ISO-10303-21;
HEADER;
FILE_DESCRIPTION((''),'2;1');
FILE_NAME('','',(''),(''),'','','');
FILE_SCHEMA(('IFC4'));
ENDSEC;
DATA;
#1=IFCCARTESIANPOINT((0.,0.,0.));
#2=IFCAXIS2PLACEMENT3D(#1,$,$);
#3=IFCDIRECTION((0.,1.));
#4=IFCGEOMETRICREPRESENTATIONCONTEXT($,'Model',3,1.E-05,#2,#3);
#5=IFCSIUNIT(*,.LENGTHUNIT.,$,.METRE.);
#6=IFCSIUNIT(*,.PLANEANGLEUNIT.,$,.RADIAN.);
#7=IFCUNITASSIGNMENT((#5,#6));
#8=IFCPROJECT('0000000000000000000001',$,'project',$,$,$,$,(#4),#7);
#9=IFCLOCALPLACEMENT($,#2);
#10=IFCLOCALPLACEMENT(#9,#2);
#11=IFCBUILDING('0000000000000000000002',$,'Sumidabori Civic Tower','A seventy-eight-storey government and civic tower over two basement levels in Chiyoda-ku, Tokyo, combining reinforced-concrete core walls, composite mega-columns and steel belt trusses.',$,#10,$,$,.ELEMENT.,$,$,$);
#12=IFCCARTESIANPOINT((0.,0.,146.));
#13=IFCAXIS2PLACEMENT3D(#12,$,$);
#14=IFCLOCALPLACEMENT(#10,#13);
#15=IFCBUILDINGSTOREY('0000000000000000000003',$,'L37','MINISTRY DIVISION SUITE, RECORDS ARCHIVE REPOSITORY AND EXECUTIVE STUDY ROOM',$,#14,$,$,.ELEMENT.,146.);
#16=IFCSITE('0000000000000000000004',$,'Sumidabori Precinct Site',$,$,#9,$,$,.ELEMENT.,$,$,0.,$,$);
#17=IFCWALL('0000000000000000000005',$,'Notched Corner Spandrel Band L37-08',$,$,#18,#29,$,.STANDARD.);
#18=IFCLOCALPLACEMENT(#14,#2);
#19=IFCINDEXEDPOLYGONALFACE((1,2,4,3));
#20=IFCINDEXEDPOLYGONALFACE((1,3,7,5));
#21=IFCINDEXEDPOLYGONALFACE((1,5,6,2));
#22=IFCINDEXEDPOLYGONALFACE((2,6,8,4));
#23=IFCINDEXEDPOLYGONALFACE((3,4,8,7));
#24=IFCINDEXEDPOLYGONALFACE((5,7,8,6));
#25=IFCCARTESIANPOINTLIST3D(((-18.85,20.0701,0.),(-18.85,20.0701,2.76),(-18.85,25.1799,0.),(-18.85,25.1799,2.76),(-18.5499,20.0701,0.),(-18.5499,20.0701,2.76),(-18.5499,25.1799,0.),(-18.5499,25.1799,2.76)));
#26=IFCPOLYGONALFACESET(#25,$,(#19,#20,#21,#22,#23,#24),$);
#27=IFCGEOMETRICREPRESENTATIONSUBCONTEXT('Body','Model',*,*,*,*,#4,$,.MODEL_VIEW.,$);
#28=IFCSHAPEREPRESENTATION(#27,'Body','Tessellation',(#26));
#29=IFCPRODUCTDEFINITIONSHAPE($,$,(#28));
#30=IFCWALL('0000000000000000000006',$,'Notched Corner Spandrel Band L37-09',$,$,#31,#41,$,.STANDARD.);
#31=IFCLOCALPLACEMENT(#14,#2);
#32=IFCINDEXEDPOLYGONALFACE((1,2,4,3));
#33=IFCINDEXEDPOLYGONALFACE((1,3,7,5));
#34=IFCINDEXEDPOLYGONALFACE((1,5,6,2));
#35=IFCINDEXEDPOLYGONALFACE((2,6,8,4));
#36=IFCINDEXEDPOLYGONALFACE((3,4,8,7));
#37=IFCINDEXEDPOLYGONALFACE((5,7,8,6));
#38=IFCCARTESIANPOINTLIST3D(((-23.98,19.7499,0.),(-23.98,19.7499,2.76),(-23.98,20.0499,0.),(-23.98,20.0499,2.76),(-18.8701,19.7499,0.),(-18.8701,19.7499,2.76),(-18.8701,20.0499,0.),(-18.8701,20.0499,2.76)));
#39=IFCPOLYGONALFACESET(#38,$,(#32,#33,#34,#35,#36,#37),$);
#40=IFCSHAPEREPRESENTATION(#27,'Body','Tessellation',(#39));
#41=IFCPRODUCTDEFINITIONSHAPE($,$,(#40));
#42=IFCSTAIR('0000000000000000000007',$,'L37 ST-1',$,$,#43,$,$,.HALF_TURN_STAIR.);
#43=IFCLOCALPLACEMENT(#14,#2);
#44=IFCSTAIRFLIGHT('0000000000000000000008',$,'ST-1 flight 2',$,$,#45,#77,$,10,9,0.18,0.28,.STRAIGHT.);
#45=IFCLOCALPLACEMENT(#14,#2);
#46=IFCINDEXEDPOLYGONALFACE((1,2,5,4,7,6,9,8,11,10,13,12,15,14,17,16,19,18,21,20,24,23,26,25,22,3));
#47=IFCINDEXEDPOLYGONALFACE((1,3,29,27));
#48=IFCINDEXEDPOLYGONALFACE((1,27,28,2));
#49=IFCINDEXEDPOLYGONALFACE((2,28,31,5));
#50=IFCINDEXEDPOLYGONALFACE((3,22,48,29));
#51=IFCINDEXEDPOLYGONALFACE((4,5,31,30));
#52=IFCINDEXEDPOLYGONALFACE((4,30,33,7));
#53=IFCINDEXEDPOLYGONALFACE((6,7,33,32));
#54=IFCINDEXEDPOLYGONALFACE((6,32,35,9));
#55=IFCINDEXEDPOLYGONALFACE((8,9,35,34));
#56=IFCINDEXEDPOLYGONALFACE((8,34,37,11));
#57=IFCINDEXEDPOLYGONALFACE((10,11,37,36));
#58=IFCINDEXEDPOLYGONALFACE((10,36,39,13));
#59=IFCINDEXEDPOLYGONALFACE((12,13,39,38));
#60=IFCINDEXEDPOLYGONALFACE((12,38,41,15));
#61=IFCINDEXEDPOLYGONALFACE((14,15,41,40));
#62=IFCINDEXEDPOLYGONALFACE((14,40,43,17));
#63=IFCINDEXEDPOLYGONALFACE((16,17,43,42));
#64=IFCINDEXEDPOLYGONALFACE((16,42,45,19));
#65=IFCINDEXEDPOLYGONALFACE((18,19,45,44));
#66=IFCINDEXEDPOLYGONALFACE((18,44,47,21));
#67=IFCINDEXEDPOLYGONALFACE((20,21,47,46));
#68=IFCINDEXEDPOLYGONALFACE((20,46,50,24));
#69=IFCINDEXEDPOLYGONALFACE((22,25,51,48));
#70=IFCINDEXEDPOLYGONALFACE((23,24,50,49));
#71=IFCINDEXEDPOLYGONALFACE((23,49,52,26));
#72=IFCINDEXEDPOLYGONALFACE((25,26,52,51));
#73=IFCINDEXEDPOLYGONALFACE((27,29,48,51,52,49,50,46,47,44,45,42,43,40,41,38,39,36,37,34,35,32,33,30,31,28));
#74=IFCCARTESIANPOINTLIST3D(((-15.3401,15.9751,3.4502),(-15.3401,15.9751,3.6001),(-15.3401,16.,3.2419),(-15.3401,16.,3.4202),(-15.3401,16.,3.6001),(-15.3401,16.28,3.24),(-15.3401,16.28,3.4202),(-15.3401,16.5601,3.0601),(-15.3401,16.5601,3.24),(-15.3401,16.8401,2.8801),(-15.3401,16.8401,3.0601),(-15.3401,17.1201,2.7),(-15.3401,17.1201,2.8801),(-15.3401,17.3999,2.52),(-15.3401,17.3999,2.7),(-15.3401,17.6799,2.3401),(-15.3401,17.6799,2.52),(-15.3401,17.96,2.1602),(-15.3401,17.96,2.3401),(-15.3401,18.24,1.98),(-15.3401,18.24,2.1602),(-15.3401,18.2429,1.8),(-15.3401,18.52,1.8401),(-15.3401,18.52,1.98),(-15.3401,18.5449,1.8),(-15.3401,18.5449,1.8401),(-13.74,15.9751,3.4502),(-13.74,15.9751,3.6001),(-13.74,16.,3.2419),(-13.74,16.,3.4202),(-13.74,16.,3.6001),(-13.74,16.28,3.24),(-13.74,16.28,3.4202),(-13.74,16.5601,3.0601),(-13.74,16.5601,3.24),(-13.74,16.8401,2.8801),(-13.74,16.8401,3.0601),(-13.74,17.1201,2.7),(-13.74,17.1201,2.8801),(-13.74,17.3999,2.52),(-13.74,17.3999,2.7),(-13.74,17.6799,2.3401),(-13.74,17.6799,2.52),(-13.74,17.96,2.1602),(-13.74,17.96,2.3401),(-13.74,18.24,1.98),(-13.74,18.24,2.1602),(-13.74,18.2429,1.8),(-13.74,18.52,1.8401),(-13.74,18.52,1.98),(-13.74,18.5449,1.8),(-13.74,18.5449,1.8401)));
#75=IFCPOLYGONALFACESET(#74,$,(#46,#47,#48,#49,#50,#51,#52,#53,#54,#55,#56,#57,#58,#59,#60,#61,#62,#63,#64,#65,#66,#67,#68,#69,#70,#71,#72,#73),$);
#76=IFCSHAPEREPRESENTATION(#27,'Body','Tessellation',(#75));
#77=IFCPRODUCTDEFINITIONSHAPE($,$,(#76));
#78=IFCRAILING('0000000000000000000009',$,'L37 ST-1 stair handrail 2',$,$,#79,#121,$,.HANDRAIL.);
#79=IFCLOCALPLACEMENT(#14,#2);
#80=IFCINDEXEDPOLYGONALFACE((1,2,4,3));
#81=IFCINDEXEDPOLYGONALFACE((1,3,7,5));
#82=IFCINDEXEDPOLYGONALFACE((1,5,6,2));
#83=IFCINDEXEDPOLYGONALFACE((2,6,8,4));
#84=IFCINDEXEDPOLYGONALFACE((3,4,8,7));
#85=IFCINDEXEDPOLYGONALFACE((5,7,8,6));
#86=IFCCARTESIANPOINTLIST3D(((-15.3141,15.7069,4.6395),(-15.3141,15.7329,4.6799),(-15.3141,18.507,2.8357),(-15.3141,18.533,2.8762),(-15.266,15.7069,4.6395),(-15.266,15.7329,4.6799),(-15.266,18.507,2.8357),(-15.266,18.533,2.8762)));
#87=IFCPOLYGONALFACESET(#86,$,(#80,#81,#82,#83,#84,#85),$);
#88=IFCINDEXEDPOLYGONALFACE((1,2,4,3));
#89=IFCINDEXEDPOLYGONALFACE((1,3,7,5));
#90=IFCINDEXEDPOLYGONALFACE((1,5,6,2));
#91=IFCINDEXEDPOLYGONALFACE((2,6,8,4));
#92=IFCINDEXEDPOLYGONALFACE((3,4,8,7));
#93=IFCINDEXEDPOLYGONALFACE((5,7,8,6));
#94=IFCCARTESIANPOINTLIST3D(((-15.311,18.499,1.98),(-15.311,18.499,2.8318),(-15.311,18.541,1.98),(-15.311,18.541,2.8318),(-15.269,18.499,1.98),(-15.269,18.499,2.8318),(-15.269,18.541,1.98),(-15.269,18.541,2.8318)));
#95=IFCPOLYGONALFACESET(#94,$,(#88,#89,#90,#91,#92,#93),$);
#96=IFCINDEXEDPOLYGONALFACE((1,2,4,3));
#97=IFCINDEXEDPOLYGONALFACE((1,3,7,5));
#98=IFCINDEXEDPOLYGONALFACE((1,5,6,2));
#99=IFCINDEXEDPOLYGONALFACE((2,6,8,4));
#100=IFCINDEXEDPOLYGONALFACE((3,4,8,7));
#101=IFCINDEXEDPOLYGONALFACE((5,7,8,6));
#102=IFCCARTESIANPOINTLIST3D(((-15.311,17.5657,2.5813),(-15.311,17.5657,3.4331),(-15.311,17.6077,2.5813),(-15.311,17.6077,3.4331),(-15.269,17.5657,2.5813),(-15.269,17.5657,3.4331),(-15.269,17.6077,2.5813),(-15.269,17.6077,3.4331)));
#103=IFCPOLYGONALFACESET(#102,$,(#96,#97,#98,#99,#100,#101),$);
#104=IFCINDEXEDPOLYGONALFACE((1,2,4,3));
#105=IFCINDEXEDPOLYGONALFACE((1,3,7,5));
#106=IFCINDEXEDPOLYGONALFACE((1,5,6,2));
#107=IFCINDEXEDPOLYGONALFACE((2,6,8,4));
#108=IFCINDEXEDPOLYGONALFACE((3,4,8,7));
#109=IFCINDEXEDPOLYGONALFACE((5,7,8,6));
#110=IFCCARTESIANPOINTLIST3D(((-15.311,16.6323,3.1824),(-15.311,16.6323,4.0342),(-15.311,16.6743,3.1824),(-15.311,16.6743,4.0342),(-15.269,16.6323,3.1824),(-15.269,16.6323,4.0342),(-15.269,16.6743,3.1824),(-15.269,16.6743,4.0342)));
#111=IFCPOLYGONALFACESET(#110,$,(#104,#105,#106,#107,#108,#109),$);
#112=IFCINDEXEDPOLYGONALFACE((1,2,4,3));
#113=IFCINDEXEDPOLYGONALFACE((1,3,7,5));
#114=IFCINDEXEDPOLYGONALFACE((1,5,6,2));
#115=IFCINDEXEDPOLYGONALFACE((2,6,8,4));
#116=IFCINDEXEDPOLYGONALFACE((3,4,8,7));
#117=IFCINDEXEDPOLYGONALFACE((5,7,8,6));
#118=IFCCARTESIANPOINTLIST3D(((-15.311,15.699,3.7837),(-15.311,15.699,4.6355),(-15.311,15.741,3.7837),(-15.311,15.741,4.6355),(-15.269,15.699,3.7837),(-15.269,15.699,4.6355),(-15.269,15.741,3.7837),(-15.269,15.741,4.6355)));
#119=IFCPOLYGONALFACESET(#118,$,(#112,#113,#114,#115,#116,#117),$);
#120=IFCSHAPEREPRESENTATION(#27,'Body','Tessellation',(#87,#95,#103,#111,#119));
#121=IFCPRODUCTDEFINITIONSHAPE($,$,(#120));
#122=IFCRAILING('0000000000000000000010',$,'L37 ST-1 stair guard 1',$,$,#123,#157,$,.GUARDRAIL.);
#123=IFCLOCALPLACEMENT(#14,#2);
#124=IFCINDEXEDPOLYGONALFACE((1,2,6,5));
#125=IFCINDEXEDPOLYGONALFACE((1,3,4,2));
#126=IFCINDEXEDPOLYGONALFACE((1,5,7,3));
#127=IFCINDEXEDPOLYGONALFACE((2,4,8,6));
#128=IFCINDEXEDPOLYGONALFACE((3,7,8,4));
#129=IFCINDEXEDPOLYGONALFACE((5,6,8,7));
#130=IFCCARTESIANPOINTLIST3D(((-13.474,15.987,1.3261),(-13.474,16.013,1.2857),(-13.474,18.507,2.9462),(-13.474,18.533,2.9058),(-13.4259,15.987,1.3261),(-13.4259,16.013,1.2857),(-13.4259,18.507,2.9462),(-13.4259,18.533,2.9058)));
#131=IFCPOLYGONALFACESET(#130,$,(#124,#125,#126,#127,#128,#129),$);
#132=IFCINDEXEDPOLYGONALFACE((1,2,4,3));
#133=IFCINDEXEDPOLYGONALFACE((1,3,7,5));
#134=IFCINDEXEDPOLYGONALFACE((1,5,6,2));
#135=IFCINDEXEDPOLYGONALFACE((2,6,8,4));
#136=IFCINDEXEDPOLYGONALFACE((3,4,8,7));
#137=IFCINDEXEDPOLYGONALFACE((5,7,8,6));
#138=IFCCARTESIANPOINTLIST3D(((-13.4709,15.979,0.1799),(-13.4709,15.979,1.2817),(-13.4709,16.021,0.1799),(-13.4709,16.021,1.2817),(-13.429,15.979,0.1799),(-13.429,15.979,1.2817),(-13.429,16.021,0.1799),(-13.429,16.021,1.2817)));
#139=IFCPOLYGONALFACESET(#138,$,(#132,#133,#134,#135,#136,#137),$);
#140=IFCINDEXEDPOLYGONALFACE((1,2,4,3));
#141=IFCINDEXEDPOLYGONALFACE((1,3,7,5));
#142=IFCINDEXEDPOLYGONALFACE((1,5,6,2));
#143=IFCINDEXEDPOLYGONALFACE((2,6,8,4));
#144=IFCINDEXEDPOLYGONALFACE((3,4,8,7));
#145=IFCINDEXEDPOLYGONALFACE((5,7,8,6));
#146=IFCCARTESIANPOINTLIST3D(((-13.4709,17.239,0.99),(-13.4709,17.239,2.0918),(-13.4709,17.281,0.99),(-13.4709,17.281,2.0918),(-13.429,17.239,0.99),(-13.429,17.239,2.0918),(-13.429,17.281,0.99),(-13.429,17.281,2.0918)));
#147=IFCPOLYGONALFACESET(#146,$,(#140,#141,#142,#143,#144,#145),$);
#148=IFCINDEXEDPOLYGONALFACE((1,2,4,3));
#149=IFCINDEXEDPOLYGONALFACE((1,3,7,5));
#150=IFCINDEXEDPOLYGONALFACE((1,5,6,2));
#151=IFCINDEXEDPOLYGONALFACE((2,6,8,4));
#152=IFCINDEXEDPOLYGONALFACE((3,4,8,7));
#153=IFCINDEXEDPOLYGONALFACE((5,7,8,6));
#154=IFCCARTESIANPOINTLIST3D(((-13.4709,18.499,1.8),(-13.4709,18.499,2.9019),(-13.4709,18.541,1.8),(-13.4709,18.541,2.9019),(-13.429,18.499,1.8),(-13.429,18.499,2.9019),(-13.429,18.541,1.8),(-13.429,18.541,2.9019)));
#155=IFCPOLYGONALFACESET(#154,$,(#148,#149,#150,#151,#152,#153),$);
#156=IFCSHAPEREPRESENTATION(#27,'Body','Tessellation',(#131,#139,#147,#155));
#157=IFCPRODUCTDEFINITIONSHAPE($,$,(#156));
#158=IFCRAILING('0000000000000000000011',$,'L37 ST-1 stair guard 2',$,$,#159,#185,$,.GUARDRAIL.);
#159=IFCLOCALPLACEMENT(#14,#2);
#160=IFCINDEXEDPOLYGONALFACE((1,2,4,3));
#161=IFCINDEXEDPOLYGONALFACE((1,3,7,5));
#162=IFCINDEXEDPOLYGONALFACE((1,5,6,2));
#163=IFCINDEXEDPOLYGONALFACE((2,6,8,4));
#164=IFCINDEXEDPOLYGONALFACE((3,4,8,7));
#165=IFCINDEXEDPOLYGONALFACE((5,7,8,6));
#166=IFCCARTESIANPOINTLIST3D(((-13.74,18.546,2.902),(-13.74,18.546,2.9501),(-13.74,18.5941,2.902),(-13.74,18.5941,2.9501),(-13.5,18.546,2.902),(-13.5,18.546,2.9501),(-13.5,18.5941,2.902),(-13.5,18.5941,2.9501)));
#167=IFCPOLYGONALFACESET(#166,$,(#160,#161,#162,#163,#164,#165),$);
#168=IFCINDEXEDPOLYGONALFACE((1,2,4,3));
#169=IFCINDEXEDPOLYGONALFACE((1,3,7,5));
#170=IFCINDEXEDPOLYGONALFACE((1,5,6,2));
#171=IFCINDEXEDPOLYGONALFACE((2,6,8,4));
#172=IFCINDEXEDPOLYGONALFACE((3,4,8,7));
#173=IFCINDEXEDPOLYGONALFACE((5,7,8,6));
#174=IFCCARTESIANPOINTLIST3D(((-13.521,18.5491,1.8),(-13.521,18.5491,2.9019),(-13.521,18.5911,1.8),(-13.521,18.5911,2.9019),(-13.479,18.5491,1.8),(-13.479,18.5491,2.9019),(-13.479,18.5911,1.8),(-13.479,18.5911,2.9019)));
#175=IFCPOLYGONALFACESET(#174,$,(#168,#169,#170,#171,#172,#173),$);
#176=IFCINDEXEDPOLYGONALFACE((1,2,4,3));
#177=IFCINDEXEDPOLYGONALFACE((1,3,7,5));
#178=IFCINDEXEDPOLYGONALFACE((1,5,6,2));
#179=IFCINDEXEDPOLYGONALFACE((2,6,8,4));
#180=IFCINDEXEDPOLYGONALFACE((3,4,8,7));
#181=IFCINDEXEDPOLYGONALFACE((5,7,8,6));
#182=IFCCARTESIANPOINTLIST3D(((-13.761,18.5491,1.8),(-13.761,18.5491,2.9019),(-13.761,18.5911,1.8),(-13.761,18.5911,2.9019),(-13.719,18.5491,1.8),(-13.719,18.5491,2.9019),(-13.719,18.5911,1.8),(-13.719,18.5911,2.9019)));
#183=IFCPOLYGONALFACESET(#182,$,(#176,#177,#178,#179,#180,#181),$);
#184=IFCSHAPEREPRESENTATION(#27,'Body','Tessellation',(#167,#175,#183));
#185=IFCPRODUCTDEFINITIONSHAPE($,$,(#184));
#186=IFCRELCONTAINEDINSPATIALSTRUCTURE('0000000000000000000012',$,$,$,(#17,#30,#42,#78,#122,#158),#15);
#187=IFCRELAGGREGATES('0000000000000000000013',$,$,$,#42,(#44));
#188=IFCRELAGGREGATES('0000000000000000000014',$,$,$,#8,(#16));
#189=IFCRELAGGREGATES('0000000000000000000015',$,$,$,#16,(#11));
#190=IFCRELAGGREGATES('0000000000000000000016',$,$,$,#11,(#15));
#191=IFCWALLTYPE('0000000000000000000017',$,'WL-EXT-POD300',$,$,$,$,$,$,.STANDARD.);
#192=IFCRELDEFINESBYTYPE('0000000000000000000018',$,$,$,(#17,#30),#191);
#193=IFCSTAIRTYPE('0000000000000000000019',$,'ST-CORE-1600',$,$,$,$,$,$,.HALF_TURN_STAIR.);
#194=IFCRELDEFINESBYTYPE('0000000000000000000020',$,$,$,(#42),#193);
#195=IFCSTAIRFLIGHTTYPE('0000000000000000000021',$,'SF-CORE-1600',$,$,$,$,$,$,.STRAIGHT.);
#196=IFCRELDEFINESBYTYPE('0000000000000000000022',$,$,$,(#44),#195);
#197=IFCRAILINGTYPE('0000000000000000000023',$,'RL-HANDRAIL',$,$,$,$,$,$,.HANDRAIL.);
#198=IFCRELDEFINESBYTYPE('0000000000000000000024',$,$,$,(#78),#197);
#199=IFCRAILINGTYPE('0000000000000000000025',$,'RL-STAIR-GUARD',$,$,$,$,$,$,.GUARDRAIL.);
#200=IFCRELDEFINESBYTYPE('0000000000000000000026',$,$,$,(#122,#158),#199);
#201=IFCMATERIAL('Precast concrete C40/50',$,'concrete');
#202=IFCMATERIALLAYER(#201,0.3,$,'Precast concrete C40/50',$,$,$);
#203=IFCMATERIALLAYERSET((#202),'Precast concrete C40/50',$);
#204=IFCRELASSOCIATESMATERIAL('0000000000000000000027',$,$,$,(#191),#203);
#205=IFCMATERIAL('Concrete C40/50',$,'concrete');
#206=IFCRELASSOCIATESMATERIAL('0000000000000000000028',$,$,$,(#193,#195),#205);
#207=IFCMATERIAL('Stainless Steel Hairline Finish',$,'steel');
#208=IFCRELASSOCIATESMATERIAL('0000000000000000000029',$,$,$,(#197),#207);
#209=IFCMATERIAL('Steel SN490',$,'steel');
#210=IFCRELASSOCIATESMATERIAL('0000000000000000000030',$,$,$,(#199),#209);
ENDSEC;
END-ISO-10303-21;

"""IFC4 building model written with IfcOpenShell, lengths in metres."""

from ifc_helpers import new_model, si_unit, direction, frame, frame_2d, origin, origin_2d, place, context, subcontext, project, spatial, polyline, rectangle, outline, extrude, source, transform, mapped, material, layer, layer_set, type_object, element, aggregate, save


model = new_model("IFC4")

# Units and contexts
model_context = context("Model", 3, precision=1e-05, world=origin(), true_north=direction((0.0, 1.0)))
body_context = subcontext(model_context, "Body", "Model", "MODEL_VIEW")
ifc_project = project(units=[si_unit("LENGTHUNIT", "METRE"), si_unit("PLANEANGLEUNIT", "RADIAN")], contexts=[model_context])

# Site, building, storey
site_placement = place(None, origin())
site = spatial("IfcSite", under=ifc_project, at=site_placement, Name="Sumidabori Precinct Site", CompositionType="ELEMENT", RefElevation=0.0)
building_placement = place(site_placement, origin())
building = spatial("IfcBuilding", under=site, at=building_placement, Name="Sumidabori Civic Tower", Description="A seventy-eight-storey government and civic tower over two basement levels in Chiyoda-ku, Tokyo, combining reinforced-concrete core walls, composite mega-columns and steel belt trusses.", CompositionType="ELEMENT")
storey_placement = place(building_placement, frame((0.0, 0.0, 146.0)))
storey = spatial("IfcBuildingStorey", under=building, at=storey_placement, Name="L37", Description="MINISTRY DIVISION SUITE, RECORDS ARCHIVE REPOSITORY AND EXECUTIVE STUDY ROOM", CompositionType="ELEMENT", Elevation=146.0)

# Shared definitions
ifc_material_1 = material(Name="Steel SN490", Category="steel")

# Walls
ifc_material_2 = material(Name="Precast concrete C40/50", Category="concrete")
ifc_layer_1 = layer(ifc_material_2, 0.3, Name="Precast concrete C40/50")
ifc_layer_set_1 = layer_set([ifc_layer_1], Name="Precast concrete C40/50")
wall_type_1 = type_object("IfcWallType", Name="WL-EXT-POD300", PredefinedType="STANDARD", material=ifc_layer_set_1)
shared_shape_1 = source(origin(), body_context, "Body", "SweptSolid", [
    extrude(rectangle(XDim=5.1099, YDim=0.3, at=frame_2d((2.5549, 0.0))), origin(), (0.0, 0.0, 1.0), 2.76),
])
for number, where, z_axis, x_axis, name in (
    (1, (-18.7, 25.1799, 0.0), (0.0, 0.0, 1.0), (0.0, -1.0, 0.0), "Notched Corner Spandrel Band L37-08"),
    (2, (-18.8701, 19.8999, 0.0), (0.0, 0.0, 1.0), (-1.0, 0.0, 0.0), "Notched Corner Spandrel Band L37-09"),
):
    element("IfcWall", number, at=place(storey_placement, frame(where, z_axis=z_axis, x_axis=x_axis)), inside=storey, type_object=wall_type_1, Name=name, PredefinedType="STANDARD", context=body_context, shape_type="MappedRepresentation", body=[
        mapped(shared_shape_1, transform((0.0, 0.0, 0.0), x_axis=(1.0, 0.0, 0.0), y_axis=(0.0, 1.0, 0.0), z_axis=(0.0, 0.0, 1.0), scale=1.0)),
    ])

# Stair, stair flight
ifc_material_3 = material(Name="Concrete C40/50", Category="concrete")
stair_type = type_object("IfcStairType", Name="ST-CORE-1600", PredefinedType="HALF_TURN_STAIR", material=ifc_material_3)
stair_placement = place(storey_placement, origin())
stair = element("IfcStair", 3, at=stair_placement, inside=storey, type_object=stair_type, Name="L37 ST-1", PredefinedType="HALF_TURN_STAIR")
stair_flight_type = type_object("IfcStairFlightType", Name="SF-CORE-1600", PredefinedType="STRAIGHT", material=ifc_material_3)
shared_shape_2 = source(origin(), body_context, "Body", "SweptSolid", [
    extrude(outline(polyline([(-0.0249, 0.0), (-0.0249, 0.04), (0.0, 0.04), (0.0, 0.1799), (0.28, 0.1799), (0.28, 0.3601), (0.5601, 0.3601), (0.5601, 0.54), (0.8401, 0.54), (0.8401, 0.72), (1.1201, 0.72), (1.1201, 0.8999), (1.3999, 0.8999), (1.3999, 1.0801), (1.6799, 1.0801), (1.6799, 1.26), (1.96, 1.26), (1.96, 1.4399), (2.24, 1.4399), (2.24, 1.6201), (2.52, 1.6201), (2.52, 1.8), (2.5449, 1.8), (2.5449, 1.6501), (2.52, 1.4419), (0.2771, 0.0), (-0.0249, 0.0)])), frame((0.0, 0.8, 0.0), z_axis=(0.0, -1.0, 0.0), x_axis=(1.0, 0.0, 0.0)), (0.0, 0.0, 1.0), 1.6001),
])
stair_flight_placement = place(storey_placement, frame((-14.54, 18.52, 1.8), z_axis=(0.0, 0.0, 1.0), x_axis=(0.0, -1.0, 0.0)))
stair_flight = element("IfcStairFlight", 4, at=stair_flight_placement, type_object=stair_flight_type, Name="ST-1 flight 2", NumberOfRisers=10, NumberOfTreads=9, PredefinedType="STRAIGHT", RiserHeight=0.18, TreadLength=0.28, context=body_context, shape_type="MappedRepresentation", body=[
    mapped(shared_shape_2, transform((0.0, 0.0, 0.0), x_axis=(1.0, 0.0, 0.0), y_axis=(0.0, 1.0, 0.0), z_axis=(0.0, 0.0, 1.0), scale=1.0)),
])
aggregate(stair, [stair_flight])

# Railings
ifc_material_4 = material(Name="Stainless Steel Hairline Finish", Category="steel")
railing_type_1 = type_object("IfcRailingType", Name="RL-HANDRAIL", PredefinedType="HANDRAIL", material=ifc_material_4)
railing_1_placement = place(storey_placement, frame((-15.29, 18.52, 1.98)))
element("IfcRailing", 5, at=railing_1_placement, inside=storey, type_object=railing_type_1, Name="L37 ST-1 stair handrail 2", PredefinedType="HANDRAIL", context=body_context, shape_type="SweptSolid", body=[
    extrude(rectangle(XDim=0.0481, YDim=0.0481, at=origin_2d()), frame((0.0, 0.0, 0.876), z_axis=(0.0, -0.840676, 0.541539), x_axis=(1.0, 0.0, 0.0)), (0.0, 0.0, 1.0), 3.3308),
    extrude(rectangle(XDim=0.042, YDim=0.042, at=origin_2d()), origin(), (0.0, 0.0, 1.0), 0.8518),
    extrude(rectangle(XDim=0.042, YDim=0.042, at=origin_2d()), frame((0.0, -0.9333, 0.6013)), (0.0, 0.0, 1.0), 0.8518),
    extrude(rectangle(XDim=0.042, YDim=0.042, at=origin_2d()), frame((0.0, -1.8667, 1.2024)), (0.0, 0.0, 1.0), 0.8518),
    extrude(rectangle(XDim=0.042, YDim=0.042, at=origin_2d()), frame((0.0, -2.8, 1.8037)), (0.0, 0.0, 1.0), 0.8518),
])
railing_type_2 = type_object("IfcRailingType", Name="RL-STAIR-GUARD", PredefinedType="GUARDRAIL", material=ifc_material_1)
railing_2_placement = place(storey_placement, frame((-13.45, 16.0, 0.1799)))
element("IfcRailing", 6, at=railing_2_placement, inside=storey, type_object=railing_type_2, Name="L37 ST-1 stair guard 1", PredefinedType="GUARDRAIL", context=body_context, shape_type="SweptSolid", body=[
    extrude(rectangle(XDim=0.0481, YDim=0.0481, at=origin_2d()), frame((0.0, 0.0, 1.126), z_axis=(0.0, 0.841163, 0.540782), x_axis=(-1.0, 0.0, 0.0)), (0.0, 0.0, 1.0), 2.9958),
    extrude(rectangle(XDim=0.042, YDim=0.042, at=origin_2d()), origin(), (0.0, 0.0, 1.0), 1.1018),
    extrude(rectangle(XDim=0.042, YDim=0.042, at=origin_2d()), frame((0.0, 1.26, 0.8101)), (0.0, 0.0, 1.0), 1.1018),
    extrude(rectangle(XDim=0.042, YDim=0.042, at=origin_2d()), frame((0.0, 2.52, 1.6201)), (0.0, 0.0, 1.0), 1.1018),
])
railing_3_placement = place(storey_placement, frame((-13.5, 18.5701, 1.8)))
element("IfcRailing", 7, at=railing_3_placement, inside=storey, type_object=railing_type_2, Name="L37 ST-1 stair guard 2", PredefinedType="GUARDRAIL", context=body_context, shape_type="SweptSolid", body=[
    extrude(rectangle(XDim=0.0481, YDim=0.0481, at=origin_2d()), frame((0.0, 0.0, 1.126), z_axis=(-1.0, 0.0, 0.0), x_axis=(0.0, -1.0, 0.0)), (0.0, 0.0, 1.0), 0.24),
    extrude(rectangle(XDim=0.042, YDim=0.042, at=origin_2d()), origin(), (0.0, 0.0, 1.0), 1.1018),
    extrude(rectangle(XDim=0.042, YDim=0.042, at=origin_2d()), frame((-0.24, 0.0, 0.0)), (0.0, 0.0, 1.0), 1.1018),
])

save(model, "model.ifc")
